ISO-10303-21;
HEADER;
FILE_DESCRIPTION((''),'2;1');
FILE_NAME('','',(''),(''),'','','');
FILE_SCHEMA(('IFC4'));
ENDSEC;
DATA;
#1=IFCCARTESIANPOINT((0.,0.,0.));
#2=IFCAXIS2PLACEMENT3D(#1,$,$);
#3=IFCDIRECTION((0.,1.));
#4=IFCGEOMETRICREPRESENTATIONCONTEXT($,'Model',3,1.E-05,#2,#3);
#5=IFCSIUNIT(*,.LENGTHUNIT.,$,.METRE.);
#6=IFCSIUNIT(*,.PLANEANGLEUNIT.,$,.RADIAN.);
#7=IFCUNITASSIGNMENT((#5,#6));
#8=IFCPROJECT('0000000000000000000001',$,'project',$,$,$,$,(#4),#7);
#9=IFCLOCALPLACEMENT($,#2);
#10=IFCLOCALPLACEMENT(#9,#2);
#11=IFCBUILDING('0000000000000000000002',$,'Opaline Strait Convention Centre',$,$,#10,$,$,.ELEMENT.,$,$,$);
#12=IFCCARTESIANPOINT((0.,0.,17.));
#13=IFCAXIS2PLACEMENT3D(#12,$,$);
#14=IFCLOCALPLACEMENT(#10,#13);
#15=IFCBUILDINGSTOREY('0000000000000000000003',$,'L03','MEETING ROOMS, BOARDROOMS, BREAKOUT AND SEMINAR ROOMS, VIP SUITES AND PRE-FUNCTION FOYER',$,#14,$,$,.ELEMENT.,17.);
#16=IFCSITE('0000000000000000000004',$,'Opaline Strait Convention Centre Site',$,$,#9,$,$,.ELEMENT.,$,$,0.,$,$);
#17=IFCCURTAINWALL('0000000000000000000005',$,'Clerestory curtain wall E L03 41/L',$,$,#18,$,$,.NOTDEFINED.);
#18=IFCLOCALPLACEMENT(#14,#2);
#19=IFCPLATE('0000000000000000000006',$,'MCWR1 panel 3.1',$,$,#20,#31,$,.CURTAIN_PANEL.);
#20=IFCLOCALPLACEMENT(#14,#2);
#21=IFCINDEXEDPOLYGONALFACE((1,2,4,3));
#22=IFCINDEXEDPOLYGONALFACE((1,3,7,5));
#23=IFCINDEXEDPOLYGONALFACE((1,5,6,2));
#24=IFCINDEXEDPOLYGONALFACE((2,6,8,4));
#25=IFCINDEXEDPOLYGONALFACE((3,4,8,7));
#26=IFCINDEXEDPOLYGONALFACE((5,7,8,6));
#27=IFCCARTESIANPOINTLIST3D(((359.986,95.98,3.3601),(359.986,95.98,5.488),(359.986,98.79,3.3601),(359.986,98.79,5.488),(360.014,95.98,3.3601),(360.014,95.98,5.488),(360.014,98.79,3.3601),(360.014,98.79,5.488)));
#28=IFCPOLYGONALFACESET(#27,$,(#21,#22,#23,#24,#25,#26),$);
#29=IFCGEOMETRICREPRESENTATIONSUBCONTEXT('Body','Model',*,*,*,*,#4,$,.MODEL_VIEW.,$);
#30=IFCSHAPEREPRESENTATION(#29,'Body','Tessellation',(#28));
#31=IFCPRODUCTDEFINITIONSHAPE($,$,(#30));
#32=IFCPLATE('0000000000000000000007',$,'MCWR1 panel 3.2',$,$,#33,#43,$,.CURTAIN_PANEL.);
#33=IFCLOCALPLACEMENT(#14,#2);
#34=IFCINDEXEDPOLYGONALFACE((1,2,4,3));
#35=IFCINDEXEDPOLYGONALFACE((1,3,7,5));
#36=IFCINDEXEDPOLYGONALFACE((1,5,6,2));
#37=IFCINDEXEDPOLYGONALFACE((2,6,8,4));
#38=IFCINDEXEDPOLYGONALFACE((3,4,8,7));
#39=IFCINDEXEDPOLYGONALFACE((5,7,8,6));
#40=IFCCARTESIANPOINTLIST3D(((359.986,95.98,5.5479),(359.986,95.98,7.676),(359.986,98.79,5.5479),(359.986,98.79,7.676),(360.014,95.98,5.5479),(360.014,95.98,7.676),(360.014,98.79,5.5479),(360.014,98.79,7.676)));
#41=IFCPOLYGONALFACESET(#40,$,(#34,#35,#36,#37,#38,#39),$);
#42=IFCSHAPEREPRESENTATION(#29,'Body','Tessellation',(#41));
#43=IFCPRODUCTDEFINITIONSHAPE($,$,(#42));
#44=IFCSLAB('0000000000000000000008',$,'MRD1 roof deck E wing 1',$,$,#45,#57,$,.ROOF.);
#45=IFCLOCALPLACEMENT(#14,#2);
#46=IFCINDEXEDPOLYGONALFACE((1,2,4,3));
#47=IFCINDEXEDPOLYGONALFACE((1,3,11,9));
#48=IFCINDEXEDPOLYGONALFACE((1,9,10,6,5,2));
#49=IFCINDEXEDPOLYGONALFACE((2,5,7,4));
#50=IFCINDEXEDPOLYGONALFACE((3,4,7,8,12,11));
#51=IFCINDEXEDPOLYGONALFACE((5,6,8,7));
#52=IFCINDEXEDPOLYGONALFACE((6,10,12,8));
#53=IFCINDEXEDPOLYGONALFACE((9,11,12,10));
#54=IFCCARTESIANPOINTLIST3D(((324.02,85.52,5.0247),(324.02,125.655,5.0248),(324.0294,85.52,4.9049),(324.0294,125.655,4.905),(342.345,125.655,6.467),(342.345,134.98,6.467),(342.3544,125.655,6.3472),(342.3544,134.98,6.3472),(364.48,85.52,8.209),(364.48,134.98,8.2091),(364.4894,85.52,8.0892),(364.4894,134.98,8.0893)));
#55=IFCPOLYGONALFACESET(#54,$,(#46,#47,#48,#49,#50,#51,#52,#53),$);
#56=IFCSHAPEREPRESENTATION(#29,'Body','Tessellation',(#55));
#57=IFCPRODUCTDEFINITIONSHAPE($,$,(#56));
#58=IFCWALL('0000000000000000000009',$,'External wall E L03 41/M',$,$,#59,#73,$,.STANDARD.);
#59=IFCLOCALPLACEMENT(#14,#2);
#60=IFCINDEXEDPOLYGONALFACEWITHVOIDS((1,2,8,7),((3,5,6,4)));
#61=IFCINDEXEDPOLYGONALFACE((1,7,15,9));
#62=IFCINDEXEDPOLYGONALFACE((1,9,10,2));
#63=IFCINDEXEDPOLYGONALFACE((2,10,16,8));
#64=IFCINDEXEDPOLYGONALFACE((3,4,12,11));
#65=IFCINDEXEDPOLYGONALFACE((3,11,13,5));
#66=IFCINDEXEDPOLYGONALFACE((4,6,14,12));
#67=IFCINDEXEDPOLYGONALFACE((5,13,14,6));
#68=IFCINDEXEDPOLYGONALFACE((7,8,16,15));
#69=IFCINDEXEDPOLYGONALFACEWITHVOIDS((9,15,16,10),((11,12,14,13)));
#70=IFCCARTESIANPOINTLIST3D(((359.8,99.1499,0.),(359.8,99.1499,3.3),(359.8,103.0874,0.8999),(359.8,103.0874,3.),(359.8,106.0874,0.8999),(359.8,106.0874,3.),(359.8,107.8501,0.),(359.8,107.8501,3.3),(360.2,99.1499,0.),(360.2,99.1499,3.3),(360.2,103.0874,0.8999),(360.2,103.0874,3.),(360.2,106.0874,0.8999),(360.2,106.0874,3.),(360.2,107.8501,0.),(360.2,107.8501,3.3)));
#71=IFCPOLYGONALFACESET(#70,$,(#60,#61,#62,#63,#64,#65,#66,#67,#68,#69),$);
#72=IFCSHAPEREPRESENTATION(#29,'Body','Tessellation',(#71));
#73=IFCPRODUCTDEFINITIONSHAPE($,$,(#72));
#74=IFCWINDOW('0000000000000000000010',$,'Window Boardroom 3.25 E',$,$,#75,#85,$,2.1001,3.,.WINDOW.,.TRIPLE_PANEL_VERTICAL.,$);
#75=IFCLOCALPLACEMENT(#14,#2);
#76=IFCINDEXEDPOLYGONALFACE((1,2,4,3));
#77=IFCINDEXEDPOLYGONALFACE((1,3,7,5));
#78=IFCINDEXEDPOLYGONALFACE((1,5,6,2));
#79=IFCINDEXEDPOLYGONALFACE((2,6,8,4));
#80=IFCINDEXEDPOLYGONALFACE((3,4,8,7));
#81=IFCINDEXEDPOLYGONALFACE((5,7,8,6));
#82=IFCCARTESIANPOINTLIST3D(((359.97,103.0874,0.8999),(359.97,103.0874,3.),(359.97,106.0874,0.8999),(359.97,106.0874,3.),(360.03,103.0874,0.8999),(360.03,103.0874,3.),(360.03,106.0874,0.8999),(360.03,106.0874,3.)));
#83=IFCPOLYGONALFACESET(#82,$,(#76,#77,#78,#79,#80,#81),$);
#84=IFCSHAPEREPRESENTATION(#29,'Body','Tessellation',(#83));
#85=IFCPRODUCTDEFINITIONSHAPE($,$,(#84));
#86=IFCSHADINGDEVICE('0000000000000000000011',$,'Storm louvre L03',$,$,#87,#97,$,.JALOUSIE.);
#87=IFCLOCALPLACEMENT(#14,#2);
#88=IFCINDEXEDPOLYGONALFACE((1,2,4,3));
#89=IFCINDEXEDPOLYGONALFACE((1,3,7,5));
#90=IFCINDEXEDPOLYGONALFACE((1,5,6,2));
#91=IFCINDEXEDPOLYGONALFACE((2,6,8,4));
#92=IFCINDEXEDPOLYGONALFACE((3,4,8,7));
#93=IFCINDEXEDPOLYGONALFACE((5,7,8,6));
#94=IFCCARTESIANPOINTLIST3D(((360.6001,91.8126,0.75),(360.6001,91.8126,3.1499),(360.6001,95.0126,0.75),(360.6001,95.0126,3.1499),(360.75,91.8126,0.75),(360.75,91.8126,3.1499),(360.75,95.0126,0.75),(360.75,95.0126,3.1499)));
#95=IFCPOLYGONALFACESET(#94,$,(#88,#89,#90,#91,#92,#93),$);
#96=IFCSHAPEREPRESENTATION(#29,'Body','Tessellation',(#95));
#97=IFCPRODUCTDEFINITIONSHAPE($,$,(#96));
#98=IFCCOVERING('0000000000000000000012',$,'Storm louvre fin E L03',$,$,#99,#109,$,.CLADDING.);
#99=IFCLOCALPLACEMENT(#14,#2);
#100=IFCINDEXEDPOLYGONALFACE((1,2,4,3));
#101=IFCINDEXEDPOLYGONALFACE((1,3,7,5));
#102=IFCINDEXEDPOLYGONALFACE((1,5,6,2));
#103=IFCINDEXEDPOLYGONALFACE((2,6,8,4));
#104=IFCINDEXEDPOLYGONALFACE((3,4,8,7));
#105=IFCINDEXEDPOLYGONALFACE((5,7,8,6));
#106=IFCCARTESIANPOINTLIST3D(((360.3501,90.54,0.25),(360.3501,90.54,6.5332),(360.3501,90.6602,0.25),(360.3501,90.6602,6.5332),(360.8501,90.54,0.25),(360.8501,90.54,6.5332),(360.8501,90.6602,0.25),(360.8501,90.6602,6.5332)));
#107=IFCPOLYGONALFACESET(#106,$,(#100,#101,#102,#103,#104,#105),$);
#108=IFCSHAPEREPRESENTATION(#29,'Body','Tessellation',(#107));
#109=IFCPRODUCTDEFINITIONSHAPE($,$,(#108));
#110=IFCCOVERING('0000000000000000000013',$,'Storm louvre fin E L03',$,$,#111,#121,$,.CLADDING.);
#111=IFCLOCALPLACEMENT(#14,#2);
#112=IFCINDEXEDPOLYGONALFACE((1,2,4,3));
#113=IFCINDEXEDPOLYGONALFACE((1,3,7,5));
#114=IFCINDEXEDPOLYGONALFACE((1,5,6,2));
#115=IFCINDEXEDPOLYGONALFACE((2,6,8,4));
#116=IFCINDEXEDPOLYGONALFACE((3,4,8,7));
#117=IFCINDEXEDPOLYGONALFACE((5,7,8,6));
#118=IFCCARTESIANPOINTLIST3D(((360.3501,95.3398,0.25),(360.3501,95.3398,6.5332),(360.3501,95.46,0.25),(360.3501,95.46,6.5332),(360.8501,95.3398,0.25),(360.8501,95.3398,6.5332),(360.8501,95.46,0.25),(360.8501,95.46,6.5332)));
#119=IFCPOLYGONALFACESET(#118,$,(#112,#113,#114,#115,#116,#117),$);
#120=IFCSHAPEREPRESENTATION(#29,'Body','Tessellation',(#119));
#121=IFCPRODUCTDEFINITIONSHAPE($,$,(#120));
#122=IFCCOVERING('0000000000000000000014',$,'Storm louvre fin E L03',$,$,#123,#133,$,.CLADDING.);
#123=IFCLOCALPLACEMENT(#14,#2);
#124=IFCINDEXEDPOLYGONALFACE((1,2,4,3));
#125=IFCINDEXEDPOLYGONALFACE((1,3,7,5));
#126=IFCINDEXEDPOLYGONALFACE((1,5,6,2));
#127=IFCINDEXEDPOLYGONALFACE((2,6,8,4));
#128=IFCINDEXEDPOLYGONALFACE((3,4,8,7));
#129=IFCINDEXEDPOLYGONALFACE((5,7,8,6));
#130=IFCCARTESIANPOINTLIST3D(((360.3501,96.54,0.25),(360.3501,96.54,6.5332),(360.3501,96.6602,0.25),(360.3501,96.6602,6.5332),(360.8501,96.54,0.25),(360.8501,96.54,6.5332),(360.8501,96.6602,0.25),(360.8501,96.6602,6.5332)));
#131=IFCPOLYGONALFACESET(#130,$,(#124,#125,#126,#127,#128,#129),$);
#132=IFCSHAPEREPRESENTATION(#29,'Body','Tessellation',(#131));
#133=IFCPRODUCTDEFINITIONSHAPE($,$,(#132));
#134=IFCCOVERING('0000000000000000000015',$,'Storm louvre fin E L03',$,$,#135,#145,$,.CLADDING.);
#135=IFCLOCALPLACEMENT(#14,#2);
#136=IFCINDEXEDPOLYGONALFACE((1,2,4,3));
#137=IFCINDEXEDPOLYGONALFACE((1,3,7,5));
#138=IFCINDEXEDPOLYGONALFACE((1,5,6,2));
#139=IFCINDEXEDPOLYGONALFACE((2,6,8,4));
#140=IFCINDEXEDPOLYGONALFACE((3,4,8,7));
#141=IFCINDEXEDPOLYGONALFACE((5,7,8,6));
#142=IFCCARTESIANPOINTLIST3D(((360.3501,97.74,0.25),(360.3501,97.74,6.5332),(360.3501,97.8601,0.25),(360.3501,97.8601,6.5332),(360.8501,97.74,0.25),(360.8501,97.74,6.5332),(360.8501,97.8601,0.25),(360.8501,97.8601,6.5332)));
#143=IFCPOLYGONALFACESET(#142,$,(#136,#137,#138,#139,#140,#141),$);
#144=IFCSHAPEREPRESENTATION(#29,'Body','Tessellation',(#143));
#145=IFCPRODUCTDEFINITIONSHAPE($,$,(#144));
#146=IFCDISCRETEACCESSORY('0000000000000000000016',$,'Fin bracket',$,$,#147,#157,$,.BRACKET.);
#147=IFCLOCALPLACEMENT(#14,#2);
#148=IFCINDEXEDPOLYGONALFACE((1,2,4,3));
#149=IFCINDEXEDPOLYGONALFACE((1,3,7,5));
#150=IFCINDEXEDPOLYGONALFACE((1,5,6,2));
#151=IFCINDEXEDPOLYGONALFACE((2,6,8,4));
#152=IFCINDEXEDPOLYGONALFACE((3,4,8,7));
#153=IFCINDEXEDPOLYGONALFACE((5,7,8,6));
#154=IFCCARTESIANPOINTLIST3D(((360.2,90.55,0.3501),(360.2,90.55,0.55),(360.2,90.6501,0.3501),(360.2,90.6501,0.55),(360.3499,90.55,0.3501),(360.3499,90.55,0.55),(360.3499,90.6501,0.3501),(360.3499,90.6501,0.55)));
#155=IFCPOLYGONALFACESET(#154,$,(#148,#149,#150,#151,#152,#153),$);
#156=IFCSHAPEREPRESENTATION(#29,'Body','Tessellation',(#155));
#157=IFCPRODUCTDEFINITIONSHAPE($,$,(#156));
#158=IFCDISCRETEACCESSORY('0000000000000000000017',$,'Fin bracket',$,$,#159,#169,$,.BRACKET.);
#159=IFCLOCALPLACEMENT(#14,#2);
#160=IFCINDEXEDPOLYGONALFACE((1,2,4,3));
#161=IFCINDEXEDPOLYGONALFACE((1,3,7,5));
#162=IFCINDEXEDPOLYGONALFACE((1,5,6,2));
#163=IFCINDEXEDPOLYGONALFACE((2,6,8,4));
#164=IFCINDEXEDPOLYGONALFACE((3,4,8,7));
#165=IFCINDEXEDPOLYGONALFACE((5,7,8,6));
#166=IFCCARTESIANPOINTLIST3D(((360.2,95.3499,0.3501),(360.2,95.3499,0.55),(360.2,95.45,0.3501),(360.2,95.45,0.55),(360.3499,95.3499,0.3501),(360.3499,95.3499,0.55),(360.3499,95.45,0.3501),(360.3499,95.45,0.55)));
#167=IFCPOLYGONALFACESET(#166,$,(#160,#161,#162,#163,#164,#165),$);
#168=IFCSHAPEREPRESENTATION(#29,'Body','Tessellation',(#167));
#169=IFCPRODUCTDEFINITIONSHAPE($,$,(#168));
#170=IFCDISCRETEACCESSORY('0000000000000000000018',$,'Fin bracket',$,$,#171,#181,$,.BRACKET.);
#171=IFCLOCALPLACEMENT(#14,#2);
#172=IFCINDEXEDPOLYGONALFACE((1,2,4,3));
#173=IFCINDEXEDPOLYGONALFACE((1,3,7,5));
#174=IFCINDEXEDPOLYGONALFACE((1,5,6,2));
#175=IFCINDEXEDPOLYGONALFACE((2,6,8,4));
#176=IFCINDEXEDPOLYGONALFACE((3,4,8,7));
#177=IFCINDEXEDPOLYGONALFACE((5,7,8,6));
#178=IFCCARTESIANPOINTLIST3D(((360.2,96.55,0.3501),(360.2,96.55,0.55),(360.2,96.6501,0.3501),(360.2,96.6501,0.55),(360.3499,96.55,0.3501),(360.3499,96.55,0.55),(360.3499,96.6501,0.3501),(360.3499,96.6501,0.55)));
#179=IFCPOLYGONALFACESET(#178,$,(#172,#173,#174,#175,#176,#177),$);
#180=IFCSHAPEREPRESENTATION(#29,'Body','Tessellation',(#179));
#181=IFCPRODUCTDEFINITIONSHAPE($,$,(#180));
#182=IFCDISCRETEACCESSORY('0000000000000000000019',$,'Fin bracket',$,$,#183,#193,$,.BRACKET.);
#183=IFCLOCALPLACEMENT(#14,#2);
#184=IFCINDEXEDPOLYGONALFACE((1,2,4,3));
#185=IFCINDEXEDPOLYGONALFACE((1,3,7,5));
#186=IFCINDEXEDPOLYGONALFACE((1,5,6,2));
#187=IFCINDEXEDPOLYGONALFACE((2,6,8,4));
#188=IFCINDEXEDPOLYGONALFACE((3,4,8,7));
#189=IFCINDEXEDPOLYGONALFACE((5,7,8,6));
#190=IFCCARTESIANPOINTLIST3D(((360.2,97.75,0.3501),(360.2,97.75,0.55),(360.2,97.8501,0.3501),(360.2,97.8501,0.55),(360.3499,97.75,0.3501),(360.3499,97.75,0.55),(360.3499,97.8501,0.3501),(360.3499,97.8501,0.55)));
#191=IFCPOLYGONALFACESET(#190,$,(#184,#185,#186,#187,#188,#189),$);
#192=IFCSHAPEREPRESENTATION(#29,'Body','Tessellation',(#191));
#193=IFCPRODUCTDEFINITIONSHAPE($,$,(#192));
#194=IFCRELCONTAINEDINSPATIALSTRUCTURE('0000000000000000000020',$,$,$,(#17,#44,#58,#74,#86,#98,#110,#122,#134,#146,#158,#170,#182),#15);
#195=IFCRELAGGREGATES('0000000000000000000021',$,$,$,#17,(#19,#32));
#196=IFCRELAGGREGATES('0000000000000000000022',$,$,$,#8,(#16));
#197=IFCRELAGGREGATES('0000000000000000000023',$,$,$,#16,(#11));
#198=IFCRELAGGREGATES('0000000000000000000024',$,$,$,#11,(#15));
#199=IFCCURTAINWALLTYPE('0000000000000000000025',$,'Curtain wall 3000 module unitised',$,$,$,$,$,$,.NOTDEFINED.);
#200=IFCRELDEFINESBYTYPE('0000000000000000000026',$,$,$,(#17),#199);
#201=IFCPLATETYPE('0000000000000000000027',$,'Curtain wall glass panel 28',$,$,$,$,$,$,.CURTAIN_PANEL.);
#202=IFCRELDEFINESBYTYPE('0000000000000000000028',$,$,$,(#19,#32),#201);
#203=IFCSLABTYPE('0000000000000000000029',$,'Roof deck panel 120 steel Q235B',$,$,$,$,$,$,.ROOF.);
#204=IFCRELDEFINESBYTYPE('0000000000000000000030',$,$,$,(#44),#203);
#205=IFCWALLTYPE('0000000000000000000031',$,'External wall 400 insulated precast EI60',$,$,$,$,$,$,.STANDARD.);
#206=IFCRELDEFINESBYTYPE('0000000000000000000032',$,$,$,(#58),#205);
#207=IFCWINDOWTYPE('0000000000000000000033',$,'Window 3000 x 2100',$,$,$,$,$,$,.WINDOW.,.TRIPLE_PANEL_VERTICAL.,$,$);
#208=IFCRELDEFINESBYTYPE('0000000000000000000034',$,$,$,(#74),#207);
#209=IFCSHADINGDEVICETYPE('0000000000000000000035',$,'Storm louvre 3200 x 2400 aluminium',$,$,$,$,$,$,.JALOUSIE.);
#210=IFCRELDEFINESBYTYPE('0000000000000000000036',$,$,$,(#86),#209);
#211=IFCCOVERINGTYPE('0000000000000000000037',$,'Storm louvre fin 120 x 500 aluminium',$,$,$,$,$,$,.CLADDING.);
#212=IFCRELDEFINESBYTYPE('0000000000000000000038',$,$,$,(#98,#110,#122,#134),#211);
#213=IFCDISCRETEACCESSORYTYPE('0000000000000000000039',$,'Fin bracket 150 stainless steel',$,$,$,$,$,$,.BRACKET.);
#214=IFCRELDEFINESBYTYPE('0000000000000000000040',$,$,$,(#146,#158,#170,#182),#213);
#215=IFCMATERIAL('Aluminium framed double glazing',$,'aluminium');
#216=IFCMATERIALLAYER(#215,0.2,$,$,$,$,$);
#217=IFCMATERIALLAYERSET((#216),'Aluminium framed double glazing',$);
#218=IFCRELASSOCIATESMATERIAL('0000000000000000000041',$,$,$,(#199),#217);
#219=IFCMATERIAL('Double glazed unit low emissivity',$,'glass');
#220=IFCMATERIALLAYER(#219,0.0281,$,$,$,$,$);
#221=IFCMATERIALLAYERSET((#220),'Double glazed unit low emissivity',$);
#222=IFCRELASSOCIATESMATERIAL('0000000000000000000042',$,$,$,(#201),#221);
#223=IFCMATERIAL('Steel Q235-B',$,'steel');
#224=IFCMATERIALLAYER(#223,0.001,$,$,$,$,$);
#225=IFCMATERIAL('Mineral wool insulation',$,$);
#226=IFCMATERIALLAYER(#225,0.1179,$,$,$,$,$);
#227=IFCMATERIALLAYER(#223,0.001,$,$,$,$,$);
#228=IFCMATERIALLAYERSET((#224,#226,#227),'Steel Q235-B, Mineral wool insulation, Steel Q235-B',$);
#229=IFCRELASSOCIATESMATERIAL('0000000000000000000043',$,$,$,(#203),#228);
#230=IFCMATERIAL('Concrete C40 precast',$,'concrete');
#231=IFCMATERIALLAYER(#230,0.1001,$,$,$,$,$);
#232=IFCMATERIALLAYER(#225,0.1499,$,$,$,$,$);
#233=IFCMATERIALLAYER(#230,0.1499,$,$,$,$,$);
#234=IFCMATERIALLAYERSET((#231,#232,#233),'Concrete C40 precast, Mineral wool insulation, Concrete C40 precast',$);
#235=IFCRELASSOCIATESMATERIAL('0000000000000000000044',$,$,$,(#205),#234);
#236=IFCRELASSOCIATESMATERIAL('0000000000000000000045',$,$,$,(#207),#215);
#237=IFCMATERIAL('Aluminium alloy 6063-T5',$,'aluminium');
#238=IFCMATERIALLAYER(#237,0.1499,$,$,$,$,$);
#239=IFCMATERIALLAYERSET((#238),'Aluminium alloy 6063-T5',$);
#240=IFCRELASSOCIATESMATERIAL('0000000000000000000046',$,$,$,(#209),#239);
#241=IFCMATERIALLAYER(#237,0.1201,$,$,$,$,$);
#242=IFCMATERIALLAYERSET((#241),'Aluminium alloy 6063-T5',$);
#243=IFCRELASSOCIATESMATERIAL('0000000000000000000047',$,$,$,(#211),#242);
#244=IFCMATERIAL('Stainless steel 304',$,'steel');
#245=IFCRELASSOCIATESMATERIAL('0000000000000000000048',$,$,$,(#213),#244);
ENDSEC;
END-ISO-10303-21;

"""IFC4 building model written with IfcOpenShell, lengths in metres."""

from ifc_helpers import new_model, si_unit, direction, frame, frame_2d, origin, origin_2d, place, context, subcontext, project, spatial, polyline, rectangle, outline, extrude, material, layer, layer_set, type_object, element, fill, aggregate, save


model = new_model("IFC4")

# Units and contexts
model_context = context("Model", 3, precision=1e-05, world=origin(), true_north=direction((0.0, 1.0)))
body_context = subcontext(model_context, "Body", "Model", "MODEL_VIEW")
ifc_project = project(units=[si_unit("LENGTHUNIT", "METRE"), si_unit("PLANEANGLEUNIT", "RADIAN")], contexts=[model_context])

# Site, building, storey
site_placement = place(None, origin())
site = spatial("IfcSite", under=ifc_project, at=site_placement, Name="Opaline Strait Convention Centre Site", CompositionType="ELEMENT", RefElevation=0.0)
building_placement = place(site_placement, origin())
building = spatial("IfcBuilding", under=site, at=building_placement, Name="Opaline Strait Convention Centre", CompositionType="ELEMENT")
storey_placement = place(building_placement, frame((0.0, 0.0, 17.0)))
storey = spatial("IfcBuildingStorey", under=building, at=storey_placement, Name="L03", Description="MEETING ROOMS, BOARDROOMS, BREAKOUT AND SEMINAR ROOMS, VIP SUITES AND PRE-FUNCTION FOYER", CompositionType="ELEMENT", Elevation=17.0)

# Curtain wall
ifc_material_1 = material(Name="Aluminium framed double glazing", Category="aluminium")
ifc_layer_1 = layer(ifc_material_1, 0.2)
ifc_layer_set_1 = layer_set([ifc_layer_1], Name="Aluminium framed double glazing")
curtain_wall_type = type_object("IfcCurtainWallType", Name="Curtain wall 3000 module unitised", PredefinedType="NOTDEFINED", material=ifc_layer_set_1)
curtain_wall_1_placement = place(storey_placement, origin())
curtain_wall_1 = element("IfcCurtainWall", 1, at=curtain_wall_1_placement, inside=storey, type_object=curtain_wall_type, Name="Clerestory curtain wall E L03 41/L", PredefinedType="NOTDEFINED")

# Plates
ifc_material_2 = material(Name="Double glazed unit low emissivity", Category="glass")
ifc_layer_2 = layer(ifc_material_2, 0.0281)
ifc_layer_set_2 = layer_set([ifc_layer_2], Name="Double glazed unit low emissivity")
plate_type = type_object("IfcPlateType", Name="Curtain wall glass panel 28", PredefinedType="CURTAIN_PANEL", material=ifc_layer_set_2)
plate_1_placement = place(storey_placement, frame((360.0, 97.385, 3.3601), z_axis=(0.0, 0.0, 1.0), x_axis=(0.0, 1.0, 0.0)))
plate_1 = element("IfcPlate", 2, at=plate_1_placement, type_object=plate_type, Name="MCWR1 panel 3.1", PredefinedType="CURTAIN_PANEL", context=body_context, shape_type="SweptSolid", body=[
    extrude(rectangle(XDim=2.8101, YDim=0.0281, at=origin_2d()), origin(), (0.0, 0.0, 1.0), 2.1279),
])
plate_2_placement = place(storey_placement, frame((360.0, 97.385, 5.5479), z_axis=(0.0, 0.0, 1.0), x_axis=(0.0, 1.0, 0.0)))
plate_2 = element("IfcPlate", 3, at=plate_2_placement, type_object=plate_type, Name="MCWR1 panel 3.2", PredefinedType="CURTAIN_PANEL", context=body_context, shape_type="SweptSolid", body=[
    extrude(rectangle(XDim=2.8101, YDim=0.0281, at=origin_2d()), origin(), (0.0, 0.0, 1.0), 2.1282),
])
aggregate(curtain_wall_1, [plate_1, plate_2])

# Slab
ifc_material_3 = material(Name="Steel Q235-B", Category="steel")
ifc_layer_3 = layer(ifc_material_3, 0.001)
ifc_material_4 = material(Name="Mineral wool insulation")
ifc_layer_4 = layer(ifc_material_4, 0.1179)
ifc_layer_5 = layer(ifc_material_3, 0.001)
ifc_layer_set_3 = layer_set([ifc_layer_3, ifc_layer_4, ifc_layer_5], Name="Steel Q235-B, Mineral wool insulation, Steel Q235-B")
slab_type = type_object("IfcSlabType", Name="Roof deck panel 120 steel Q235B", PredefinedType="ROOF", material=ifc_layer_set_3)
slab_placement = place(storey_placement, frame((364.48, 85.52, 8.209), z_axis=(-0.07846, -0.000002, 0.996917), x_axis=(-0.996917, 0.0, -0.07846)))
element("IfcSlab", 4, at=slab_placement, inside=storey, type_object=slab_type, Name="MRD1 roof deck E wing 1", PredefinedType="ROOF", context=body_context, shape_type="SweptSolid", body=[
    extrude(outline(polyline([(0.0, 0.0), (40.5851, 0.0), (40.5851, -40.135), (22.2034, -40.135), (22.2034, -49.46), (0.0, -49.46), (0.0, 0.0)])), origin(), (0.0, 0.0, -1.0), 0.1201),
])

# Wall, opening, window
ifc_material_5 = material(Name="Concrete C40 precast", Category="concrete")
ifc_layer_6 = layer(ifc_material_5, 0.1001)
ifc_layer_7 = layer(ifc_material_4, 0.1499)
ifc_layer_8 = layer(ifc_material_5, 0.1499)
ifc_layer_set_4 = layer_set([ifc_layer_6, ifc_layer_7, ifc_layer_8], Name="Concrete C40 precast, Mineral wool insulation, Concrete C40 precast")
wall_type = type_object("IfcWallType", Name="External wall 400 insulated precast EI60", PredefinedType="STANDARD", material=ifc_layer_set_4)
wall_placement = place(storey_placement, frame((360.0, 99.1499, 0.0), z_axis=(0.0, 0.0, 1.0), x_axis=(0.0, 1.0, 0.0)))
wall = element("IfcWall", 5, at=wall_placement, inside=storey, type_object=wall_type, Name="External wall E L03 41/M", PredefinedType="STANDARD", context=body_context, shape_type="SweptSolid", body=[
    extrude(rectangle(XDim=8.7002, YDim=0.3999, at=frame_2d((4.3501, 0.0))), origin(), (0.0, 0.0, 1.0), 3.3),
])
opening_placement = place(wall_placement, frame((3.9375, 0.0, 0.8999)))
opening = element("IfcOpeningElement", 6, at=opening_placement, cuts=wall, PredefinedType="OPENING", context=body_context, shape_type="SweptSolid", body=[
    extrude(rectangle(XDim=3.0, YDim=2.1001, at=frame_2d((1.5, 1.05))), frame((0.0, 0.21, 0.0), z_axis=(0.0, -1.0, 0.0), x_axis=(1.0, 0.0, 0.0)), (0.0, 0.0, 1.0), 0.4199),
])
window_type = type_object("IfcWindowType", Name="Window 3000 x 2100", PartitioningType="TRIPLE_PANEL_VERTICAL", PredefinedType="WINDOW", material=ifc_material_1)
window_placement = place(opening_placement, origin())
window = element("IfcWindow", 7, at=window_placement, inside=storey, type_object=window_type, Name="Window Boardroom 3.25 E", OverallHeight=2.1001, OverallWidth=3.0, PartitioningType="TRIPLE_PANEL_VERTICAL", PredefinedType="WINDOW", context=body_context, shape_type="SweptSolid", body=[
    extrude(rectangle(XDim=3.0, YDim=2.1001, at=frame_2d((1.5, 1.05))), frame((0.0, 0.03, 0.0), z_axis=(0.0, -1.0, 0.0), x_axis=(1.0, 0.0, 0.0)), (0.0, 0.0, 1.0), 0.0601),
])
fill(opening, window)

# Shading device
ifc_material_6 = material(Name="Aluminium alloy 6063-T5", Category="aluminium")
ifc_layer_9 = layer(ifc_material_6, 0.1499)
ifc_layer_set_5 = layer_set([ifc_layer_9], Name="Aluminium alloy 6063-T5")
shading_device_type = type_object("IfcShadingDeviceType", Name="Storm louvre 3200 x 2400 aluminium", PredefinedType="JALOUSIE", material=ifc_layer_set_5)
shading_device_placement = place(storey_placement, frame((360.675, 93.4126, 0.75), z_axis=(0.0, 0.0, 1.0), x_axis=(1.0, 0.0, 0.0)))
element("IfcShadingDevice", 8, at=shading_device_placement, inside=storey, type_object=shading_device_type, Name="Storm louvre L03", PredefinedType="JALOUSIE", context=body_context, shape_type="SweptSolid", body=[
    extrude(rectangle(XDim=0.1499, YDim=3.2, at=origin_2d()), origin(), (0.0, 0.0, 1.0), 2.3999),
])

# Coverings
ifc_layer_10 = layer(ifc_material_6, 0.1201)
ifc_layer_set_6 = layer_set([ifc_layer_10], Name="Aluminium alloy 6063-T5")
covering_type = type_object("IfcCoveringType", Name="Storm louvre fin 120 x 500 aluminium", PredefinedType="CLADDING", material=ifc_layer_set_6)
for number, where, z_axis, x_axis, name in (
    (9, (360.6001, 90.6001, 0.25), (0.0, 0.0, 1.0), (1.0, 0.0, 0.0), "Storm louvre fin E L03"),
    (10, (360.6001, 95.3999, 0.25), (0.0, 0.0, 1.0), (1.0, 0.0, 0.0), "Storm louvre fin E L03"),
    (11, (360.6001, 96.6001, 0.25), (0.0, 0.0, 1.0), (1.0, 0.0, 0.0), "Storm louvre fin E L03"),
    (12, (360.6001, 97.8, 0.25), (0.0, 0.0, 1.0), (1.0, 0.0, 0.0), "Storm louvre fin E L03"),
):
    element("IfcCovering", number, at=place(storey_placement, frame(where, z_axis=z_axis, x_axis=x_axis)), inside=storey, type_object=covering_type, Name=name, PredefinedType="CLADDING", context=body_context, shape_type="SweptSolid", body=[
        extrude(rectangle(XDim=0.5, YDim=0.1201, at=origin_2d()), origin(), (0.0, 0.0, 1.0), 6.2832),
    ])

# Discrete accessories
ifc_material_7 = material(Name="Stainless steel 304", Category="steel")
discrete_accessory_type_1 = type_object("IfcDiscreteAccessoryType", Name="Fin bracket 150 stainless steel", PredefinedType="BRACKET", material=ifc_material_7)
for number, where, z_axis, x_axis, name in (
    (13, (360.2749, 90.6001, 0.3501), (0.0, 0.0, 1.0), (1.0, 0.0, 0.0), "Fin bracket"),
    (14, (360.2749, 95.3999, 0.3501), (0.0, 0.0, 1.0), (1.0, 0.0, 0.0), "Fin bracket"),
    (15, (360.2749, 96.6001, 0.3501), (0.0, 0.0, 1.0), (1.0, 0.0, 0.0), "Fin bracket"),
    (16, (360.2749, 97.8, 0.3501), (0.0, 0.0, 1.0), (1.0, 0.0, 0.0), "Fin bracket"),
):
    element("IfcDiscreteAccessory", number, at=place(storey_placement, frame(where, z_axis=z_axis, x_axis=x_axis)), inside=storey, type_object=discrete_accessory_type_1, Name=name, PredefinedType="BRACKET", context=body_context, shape_type="SweptSolid", body=[
        extrude(rectangle(XDim=0.1499, YDim=0.1001, at=origin_2d()), origin(), (0.0, 0.0, 1.0), 0.2),
    ])

save(model, "model.ifc")
